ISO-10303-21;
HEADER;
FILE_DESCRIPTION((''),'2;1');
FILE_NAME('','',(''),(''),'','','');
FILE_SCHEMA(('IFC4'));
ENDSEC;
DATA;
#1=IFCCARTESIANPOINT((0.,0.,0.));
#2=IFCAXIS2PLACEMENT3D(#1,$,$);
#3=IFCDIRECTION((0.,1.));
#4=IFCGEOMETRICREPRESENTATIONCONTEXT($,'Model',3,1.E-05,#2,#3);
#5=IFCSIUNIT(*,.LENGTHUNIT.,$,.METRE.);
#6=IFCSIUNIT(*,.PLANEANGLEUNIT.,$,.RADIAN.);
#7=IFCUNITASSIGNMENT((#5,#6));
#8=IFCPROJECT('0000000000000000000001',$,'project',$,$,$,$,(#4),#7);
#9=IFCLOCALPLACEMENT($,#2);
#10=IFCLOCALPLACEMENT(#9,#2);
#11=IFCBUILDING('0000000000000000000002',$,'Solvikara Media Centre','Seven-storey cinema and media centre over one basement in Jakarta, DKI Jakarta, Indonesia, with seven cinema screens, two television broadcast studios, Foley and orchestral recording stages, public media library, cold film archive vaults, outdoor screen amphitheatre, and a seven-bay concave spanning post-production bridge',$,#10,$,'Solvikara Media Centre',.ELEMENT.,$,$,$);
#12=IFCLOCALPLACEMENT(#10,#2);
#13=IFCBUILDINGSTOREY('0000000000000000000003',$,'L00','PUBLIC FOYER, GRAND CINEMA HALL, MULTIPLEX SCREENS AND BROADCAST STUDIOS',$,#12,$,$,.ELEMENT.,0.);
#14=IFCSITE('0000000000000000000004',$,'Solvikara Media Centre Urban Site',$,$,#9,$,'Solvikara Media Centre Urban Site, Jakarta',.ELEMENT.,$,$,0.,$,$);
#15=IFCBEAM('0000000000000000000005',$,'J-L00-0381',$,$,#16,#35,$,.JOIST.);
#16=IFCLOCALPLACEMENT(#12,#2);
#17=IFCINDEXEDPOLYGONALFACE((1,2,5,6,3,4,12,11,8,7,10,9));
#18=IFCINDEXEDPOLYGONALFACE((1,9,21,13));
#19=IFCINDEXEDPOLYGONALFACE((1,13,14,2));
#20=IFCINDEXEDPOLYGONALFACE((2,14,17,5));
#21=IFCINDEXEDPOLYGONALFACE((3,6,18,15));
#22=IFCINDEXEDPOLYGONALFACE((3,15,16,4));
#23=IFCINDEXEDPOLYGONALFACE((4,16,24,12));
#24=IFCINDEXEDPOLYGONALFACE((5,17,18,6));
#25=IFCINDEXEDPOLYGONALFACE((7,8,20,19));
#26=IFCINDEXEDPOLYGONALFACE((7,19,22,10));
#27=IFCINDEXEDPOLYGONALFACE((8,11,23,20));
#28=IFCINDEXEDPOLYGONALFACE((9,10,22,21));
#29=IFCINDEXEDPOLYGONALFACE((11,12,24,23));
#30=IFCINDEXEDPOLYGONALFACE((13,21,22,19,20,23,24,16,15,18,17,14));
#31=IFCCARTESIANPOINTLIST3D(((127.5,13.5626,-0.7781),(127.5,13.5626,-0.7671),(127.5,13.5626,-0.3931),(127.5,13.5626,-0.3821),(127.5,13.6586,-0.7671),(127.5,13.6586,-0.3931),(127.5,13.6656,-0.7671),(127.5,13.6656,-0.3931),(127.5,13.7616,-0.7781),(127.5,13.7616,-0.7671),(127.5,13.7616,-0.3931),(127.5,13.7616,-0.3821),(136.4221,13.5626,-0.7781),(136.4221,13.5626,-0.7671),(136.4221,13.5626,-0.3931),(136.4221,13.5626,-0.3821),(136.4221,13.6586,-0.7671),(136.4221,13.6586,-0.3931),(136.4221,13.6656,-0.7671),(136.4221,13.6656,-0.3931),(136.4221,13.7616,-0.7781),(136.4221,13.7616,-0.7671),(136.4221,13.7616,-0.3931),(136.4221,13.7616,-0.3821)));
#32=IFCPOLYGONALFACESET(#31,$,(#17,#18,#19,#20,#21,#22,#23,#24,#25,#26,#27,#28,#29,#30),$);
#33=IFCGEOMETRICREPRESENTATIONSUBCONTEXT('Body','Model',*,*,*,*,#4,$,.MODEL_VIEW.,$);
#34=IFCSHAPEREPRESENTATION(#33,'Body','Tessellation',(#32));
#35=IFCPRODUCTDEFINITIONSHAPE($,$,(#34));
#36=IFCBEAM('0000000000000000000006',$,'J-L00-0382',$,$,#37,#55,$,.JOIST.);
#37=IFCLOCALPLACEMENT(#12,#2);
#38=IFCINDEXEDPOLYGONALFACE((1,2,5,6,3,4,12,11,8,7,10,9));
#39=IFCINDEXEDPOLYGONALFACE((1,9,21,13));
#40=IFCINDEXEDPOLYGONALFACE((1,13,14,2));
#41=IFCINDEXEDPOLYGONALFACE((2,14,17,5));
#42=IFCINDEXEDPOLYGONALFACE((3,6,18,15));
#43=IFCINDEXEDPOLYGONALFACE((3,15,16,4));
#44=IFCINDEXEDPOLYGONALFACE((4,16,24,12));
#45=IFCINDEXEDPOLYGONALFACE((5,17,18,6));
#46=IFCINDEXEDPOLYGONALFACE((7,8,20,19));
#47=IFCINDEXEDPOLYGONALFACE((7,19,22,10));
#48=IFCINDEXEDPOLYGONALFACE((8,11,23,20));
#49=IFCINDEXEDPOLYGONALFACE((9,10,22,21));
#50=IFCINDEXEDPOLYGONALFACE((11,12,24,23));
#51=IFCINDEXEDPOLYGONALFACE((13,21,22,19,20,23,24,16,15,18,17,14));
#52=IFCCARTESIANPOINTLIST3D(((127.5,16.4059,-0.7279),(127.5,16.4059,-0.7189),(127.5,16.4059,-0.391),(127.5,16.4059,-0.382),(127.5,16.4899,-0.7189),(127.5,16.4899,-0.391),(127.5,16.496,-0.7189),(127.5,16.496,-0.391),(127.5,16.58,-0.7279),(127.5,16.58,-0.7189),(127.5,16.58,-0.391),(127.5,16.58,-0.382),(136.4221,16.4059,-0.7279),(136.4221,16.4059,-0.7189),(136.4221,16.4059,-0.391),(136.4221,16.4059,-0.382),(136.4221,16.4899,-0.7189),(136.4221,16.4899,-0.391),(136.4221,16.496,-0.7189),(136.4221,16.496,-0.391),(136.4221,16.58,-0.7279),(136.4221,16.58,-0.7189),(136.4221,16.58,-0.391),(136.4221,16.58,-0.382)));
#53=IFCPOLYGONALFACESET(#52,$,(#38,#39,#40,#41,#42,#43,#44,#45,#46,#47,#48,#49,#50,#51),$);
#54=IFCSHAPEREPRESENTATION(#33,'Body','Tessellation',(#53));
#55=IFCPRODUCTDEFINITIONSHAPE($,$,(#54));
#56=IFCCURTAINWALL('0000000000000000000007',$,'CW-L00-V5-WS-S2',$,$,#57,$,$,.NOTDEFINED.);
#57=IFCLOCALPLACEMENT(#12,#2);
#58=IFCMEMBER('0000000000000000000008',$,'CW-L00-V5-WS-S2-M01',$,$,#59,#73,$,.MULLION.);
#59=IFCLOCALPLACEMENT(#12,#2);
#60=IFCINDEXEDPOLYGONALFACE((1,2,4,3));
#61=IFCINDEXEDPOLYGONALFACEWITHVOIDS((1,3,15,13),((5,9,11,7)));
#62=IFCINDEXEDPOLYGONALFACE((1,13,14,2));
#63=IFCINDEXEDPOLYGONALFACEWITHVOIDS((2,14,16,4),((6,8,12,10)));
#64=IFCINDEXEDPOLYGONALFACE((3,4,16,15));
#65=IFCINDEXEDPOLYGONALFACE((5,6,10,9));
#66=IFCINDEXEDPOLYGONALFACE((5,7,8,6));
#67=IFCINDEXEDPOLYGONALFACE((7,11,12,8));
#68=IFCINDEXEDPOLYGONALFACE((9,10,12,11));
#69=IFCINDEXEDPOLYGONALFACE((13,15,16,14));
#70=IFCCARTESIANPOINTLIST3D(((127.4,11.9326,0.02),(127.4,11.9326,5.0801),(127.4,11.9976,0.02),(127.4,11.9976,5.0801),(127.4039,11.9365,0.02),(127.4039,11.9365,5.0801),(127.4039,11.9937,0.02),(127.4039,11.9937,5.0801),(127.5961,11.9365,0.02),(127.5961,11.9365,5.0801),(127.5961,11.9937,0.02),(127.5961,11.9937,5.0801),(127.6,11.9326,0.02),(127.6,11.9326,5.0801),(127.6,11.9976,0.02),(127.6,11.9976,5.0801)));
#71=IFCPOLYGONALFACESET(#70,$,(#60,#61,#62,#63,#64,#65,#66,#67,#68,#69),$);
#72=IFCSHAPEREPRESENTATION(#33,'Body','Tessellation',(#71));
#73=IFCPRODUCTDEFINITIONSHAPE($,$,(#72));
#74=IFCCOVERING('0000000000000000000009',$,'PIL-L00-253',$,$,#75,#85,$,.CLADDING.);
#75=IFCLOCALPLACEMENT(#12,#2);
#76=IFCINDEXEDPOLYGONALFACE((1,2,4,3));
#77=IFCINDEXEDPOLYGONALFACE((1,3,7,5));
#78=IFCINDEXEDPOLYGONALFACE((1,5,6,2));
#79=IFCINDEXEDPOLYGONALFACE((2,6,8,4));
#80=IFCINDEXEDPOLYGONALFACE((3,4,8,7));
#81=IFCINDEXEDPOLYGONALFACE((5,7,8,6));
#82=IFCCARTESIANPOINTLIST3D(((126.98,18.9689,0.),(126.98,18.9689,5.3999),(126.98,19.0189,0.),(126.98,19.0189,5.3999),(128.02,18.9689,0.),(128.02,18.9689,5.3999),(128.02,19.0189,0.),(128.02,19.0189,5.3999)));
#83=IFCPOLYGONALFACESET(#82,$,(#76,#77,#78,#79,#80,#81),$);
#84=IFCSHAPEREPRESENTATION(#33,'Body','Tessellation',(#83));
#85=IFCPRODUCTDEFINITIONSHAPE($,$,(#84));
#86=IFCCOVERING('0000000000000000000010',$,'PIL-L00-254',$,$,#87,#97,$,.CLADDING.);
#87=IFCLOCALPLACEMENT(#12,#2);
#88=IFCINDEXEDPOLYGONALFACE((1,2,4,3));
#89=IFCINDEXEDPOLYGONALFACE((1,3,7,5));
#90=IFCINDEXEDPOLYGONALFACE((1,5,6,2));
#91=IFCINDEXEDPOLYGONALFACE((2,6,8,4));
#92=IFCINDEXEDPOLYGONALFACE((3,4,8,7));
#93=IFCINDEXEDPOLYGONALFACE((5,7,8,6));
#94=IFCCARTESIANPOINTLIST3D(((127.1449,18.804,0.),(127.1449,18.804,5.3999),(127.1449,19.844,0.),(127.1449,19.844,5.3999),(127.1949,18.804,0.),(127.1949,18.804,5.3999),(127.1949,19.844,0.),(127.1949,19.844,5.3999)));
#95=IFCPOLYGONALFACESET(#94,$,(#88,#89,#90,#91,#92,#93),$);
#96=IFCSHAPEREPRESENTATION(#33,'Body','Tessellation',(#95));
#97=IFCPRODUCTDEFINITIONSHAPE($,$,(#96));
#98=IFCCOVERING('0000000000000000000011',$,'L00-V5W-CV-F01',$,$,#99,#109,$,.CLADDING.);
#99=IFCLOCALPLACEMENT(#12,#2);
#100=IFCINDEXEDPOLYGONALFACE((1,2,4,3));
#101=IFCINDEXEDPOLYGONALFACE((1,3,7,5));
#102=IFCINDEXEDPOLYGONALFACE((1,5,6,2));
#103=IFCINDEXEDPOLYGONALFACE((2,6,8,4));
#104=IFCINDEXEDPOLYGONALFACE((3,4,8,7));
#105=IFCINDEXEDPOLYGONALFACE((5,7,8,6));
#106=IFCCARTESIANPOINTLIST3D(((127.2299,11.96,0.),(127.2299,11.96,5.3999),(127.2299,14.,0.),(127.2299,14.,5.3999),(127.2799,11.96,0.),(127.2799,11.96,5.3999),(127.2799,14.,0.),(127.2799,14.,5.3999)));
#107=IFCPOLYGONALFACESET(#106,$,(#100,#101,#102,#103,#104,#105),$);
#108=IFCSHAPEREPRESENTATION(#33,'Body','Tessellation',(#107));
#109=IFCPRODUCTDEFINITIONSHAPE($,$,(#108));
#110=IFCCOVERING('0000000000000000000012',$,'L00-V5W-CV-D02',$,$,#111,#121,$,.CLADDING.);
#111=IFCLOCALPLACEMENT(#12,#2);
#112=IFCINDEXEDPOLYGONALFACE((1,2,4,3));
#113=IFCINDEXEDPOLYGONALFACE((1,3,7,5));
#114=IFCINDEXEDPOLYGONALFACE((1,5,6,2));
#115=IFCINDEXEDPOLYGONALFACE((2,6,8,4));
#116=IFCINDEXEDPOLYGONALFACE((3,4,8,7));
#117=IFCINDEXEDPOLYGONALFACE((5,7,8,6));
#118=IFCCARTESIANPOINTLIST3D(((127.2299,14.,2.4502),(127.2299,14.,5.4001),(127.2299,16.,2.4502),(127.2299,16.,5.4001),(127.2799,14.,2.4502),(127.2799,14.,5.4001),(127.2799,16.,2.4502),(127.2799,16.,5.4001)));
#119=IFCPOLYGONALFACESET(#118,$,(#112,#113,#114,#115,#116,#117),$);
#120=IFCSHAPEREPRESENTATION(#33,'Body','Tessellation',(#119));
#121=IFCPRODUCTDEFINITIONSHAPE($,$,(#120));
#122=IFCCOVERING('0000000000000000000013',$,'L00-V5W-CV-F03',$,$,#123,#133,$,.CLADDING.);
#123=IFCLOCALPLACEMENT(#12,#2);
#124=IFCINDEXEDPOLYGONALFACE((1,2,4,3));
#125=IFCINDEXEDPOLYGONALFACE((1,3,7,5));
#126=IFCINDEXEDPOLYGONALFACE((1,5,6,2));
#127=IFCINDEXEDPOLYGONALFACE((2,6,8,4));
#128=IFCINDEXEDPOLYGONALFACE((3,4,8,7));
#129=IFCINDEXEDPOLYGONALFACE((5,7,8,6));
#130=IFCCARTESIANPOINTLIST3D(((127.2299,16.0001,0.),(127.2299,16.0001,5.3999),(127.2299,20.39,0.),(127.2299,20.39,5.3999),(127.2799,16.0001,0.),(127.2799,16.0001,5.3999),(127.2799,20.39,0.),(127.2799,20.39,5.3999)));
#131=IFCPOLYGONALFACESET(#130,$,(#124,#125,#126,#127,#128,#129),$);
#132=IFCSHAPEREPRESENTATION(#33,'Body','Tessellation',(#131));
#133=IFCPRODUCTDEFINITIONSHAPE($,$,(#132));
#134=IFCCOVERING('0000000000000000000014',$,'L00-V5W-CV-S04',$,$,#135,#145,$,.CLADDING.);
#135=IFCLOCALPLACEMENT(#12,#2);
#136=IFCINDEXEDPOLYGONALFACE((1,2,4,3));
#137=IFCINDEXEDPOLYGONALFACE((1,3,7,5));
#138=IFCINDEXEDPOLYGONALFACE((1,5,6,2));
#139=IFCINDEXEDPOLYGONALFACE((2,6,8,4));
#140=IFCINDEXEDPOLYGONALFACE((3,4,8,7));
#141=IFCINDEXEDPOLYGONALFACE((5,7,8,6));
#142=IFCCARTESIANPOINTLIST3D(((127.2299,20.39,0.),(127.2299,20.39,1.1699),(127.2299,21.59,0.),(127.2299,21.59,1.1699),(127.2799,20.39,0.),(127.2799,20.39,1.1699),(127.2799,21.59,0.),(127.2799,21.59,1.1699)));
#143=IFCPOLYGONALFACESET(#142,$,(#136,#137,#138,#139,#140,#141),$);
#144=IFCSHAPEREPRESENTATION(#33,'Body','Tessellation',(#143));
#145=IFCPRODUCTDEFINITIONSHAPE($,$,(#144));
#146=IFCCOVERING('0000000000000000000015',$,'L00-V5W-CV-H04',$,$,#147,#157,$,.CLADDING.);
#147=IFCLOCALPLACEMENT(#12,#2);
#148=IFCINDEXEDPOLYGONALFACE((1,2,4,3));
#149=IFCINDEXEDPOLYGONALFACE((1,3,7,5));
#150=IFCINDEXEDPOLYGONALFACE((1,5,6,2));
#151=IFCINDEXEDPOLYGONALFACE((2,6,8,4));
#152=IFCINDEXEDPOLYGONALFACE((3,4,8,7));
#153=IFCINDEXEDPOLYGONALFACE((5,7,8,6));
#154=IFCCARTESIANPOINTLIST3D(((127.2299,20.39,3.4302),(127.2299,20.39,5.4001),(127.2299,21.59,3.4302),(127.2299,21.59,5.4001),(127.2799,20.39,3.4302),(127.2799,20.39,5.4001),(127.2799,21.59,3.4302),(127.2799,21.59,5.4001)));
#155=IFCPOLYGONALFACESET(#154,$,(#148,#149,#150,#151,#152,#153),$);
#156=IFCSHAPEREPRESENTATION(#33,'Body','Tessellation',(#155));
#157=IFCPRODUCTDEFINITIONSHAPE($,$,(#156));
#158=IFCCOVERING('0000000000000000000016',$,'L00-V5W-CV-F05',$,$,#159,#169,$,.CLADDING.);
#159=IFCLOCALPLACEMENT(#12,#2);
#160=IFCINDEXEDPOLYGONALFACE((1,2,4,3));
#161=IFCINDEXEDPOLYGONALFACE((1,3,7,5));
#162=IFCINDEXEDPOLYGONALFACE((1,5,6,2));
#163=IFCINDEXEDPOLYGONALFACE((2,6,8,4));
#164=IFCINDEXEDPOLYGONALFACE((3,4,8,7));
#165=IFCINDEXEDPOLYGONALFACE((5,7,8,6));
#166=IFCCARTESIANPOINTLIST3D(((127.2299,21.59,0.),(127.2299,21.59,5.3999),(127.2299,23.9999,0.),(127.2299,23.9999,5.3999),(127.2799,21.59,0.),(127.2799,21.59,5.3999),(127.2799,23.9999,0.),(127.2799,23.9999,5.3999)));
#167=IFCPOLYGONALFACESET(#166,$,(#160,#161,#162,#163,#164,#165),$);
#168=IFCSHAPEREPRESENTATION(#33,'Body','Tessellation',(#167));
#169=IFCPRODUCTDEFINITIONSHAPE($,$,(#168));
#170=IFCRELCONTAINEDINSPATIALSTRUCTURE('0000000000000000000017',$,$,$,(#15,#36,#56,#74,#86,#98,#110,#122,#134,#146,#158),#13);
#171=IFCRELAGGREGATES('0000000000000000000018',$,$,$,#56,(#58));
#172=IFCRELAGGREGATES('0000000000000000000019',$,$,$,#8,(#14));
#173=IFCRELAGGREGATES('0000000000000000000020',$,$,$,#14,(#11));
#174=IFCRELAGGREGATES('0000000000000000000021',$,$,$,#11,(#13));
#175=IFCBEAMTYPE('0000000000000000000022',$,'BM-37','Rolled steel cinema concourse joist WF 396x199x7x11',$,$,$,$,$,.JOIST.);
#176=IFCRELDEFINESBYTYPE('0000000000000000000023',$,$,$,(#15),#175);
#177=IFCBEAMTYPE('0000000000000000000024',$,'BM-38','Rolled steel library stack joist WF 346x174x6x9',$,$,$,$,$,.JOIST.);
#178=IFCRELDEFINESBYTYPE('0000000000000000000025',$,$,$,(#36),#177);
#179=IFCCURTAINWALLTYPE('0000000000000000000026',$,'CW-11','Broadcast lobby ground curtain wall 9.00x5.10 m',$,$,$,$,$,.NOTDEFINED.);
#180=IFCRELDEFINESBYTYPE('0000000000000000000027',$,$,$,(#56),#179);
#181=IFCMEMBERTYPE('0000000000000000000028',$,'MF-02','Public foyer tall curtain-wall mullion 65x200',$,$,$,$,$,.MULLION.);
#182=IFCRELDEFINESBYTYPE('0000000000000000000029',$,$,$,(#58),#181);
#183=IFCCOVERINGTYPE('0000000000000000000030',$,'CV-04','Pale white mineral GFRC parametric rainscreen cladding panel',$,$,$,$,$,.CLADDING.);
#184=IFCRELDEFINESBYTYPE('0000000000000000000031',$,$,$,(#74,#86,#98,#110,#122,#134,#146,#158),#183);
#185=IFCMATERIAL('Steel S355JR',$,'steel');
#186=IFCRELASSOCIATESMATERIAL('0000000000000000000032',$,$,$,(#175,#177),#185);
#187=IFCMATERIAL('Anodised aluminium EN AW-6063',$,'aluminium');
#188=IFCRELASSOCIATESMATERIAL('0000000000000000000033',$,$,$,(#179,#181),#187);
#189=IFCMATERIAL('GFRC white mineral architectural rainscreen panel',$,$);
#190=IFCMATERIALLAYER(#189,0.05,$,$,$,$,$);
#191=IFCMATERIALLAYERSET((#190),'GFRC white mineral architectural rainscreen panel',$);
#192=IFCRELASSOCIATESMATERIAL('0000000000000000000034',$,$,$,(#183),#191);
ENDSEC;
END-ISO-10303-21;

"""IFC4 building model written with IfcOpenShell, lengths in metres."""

from ifc_helpers import new_model, si_unit, direction, frame, origin, origin_2d, place, context, subcontext, project, spatial, rectangle, hollow_rectangle, i_section, extrude, material, layer, layer_set, material_profile, profile_set, type_object, element, aggregate, save


model = new_model("IFC4")

# Units and contexts
model_context = context("Model", 3, precision=1e-05, world=origin(), true_north=direction((0.0, 1.0)))
body_context = subcontext(model_context, "Body", "Model", "MODEL_VIEW")
ifc_project = project(units=[si_unit("LENGTHUNIT", "METRE"), si_unit("PLANEANGLEUNIT", "RADIAN")], contexts=[model_context])

# Site, building, storey
site_placement = place(None, origin())
site = spatial("IfcSite", under=ifc_project, at=site_placement, Name="Solvikara Media Centre Urban Site", LongName="Solvikara Media Centre Urban Site, Jakarta", CompositionType="ELEMENT", RefElevation=0.0)
building_placement = place(site_placement, origin())
building = spatial("IfcBuilding", under=site, at=building_placement, Name="Solvikara Media Centre", Description="Seven-storey cinema and media centre over one basement in Jakarta, DKI Jakarta, Indonesia, with seven cinema screens, two television broadcast studios, Foley and orchestral recording stages, public media library, cold film archive vaults, outdoor screen amphitheatre, and a seven-bay concave spanning post-production bridge", LongName="Solvikara Media Centre", CompositionType="ELEMENT")
storey_placement = place(building_placement, origin())
storey = spatial("IfcBuildingStorey", under=building, at=storey_placement, Name="L00", Description="PUBLIC FOYER, GRAND CINEMA HALL, MULTIPLEX SCREENS AND BROADCAST STUDIOS", CompositionType="ELEMENT", Elevation=0.0)

# Beams
ifc_material_1 = material(Name="Steel S355JR", Category="steel")
ifc_material_profile_1 = material_profile(ifc_material_1, i_section(OverallWidth=0.199, OverallDepth=0.396, WebThickness=0.0071, FlangeThickness=0.011, at=origin_2d()), Name="WF 396x199x7x11")
ifc_profile_set_1 = profile_set([ifc_material_profile_1], Name="Steel S355JR")
beam_type_1 = type_object("IfcBeamType", Name="BM-37", Description="Rolled steel cinema concourse joist WF 396x199x7x11", PredefinedType="JOIST", material=ifc_profile_set_1)
beam_1_placement = place(storey_placement, frame((127.5, 13.6621, -0.5801), z_axis=(1.0, 0.0, 0.0), x_axis=(0.0, 1.0, 0.0)))
element("IfcBeam", 1, at=beam_1_placement, inside=storey, type_object=beam_type_1, Name="J-L00-0381", PredefinedType="JOIST", context=body_context, shape_type="SweptSolid", body=[
    extrude(i_section(OverallWidth=0.199, OverallDepth=0.396, WebThickness=0.0071, FlangeThickness=0.011, at=origin_2d()), origin(), (0.0, 0.0, 1.0), 8.9221),
])
ifc_material_profile_2 = material_profile(ifc_material_1, i_section(OverallWidth=0.1741, OverallDepth=0.3459, WebThickness=0.0061, FlangeThickness=0.009, at=origin_2d()), Name="WF 346x174x6x9")
ifc_profile_set_2 = profile_set([ifc_material_profile_2], Name="Steel S355JR")
beam_type_2 = type_object("IfcBeamType", Name="BM-38", Description="Rolled steel library stack joist WF 346x174x6x9", PredefinedType="JOIST", material=ifc_profile_set_2)
beam_2_placement = place(storey_placement, frame((127.5, 16.4929, -0.5549), z_axis=(1.0, 0.0, 0.0), x_axis=(0.0, 1.0, 0.0)))
element("IfcBeam", 2, at=beam_2_placement, inside=storey, type_object=beam_type_2, Name="J-L00-0382", PredefinedType="JOIST", context=body_context, shape_type="SweptSolid", body=[
    extrude(i_section(OverallWidth=0.1741, OverallDepth=0.3459, WebThickness=0.0061, FlangeThickness=0.009, at=origin_2d()), origin(), (0.0, 0.0, 1.0), 8.9221),
])

# Curtain wall, member
ifc_material_2 = material(Name="Anodised aluminium EN AW-6063", Category="aluminium")
curtain_wall_type = type_object("IfcCurtainWallType", Name="CW-11", Description="Broadcast lobby ground curtain wall 9.00x5.10 m", PredefinedType="NOTDEFINED", material=ifc_material_2)
curtain_wall_placement = place(storey_placement, origin())
curtain_wall = element("IfcCurtainWall", 3, at=curtain_wall_placement, inside=storey, type_object=curtain_wall_type, Name="CW-L00-V5-WS-S2", PredefinedType="NOTDEFINED")
ifc_material_profile_3 = material_profile(ifc_material_2, hollow_rectangle(XDim=0.0649, YDim=0.2, WallThickness=0.0039, at=origin_2d()), Name="ALU-M 65x200x4")
ifc_profile_set_3 = profile_set([ifc_material_profile_3], Name="Anodised aluminium EN AW-6063")
member_type = type_object("IfcMemberType", Name="MF-02", Description="Public foyer tall curtain-wall mullion 65x200", PredefinedType="MULLION", material=ifc_profile_set_3)
member_placement = place(storey_placement, frame((127.5, 11.9651, 0.02), z_axis=(0.0, 0.0, 1.0), x_axis=(0.0, 1.0, 0.0)))
member = element("IfcMember", 4, at=member_placement, type_object=member_type, Name="CW-L00-V5-WS-S2-M01", PredefinedType="MULLION", context=body_context, shape_type="SweptSolid", body=[
    extrude(hollow_rectangle(XDim=0.0649, YDim=0.2, WallThickness=0.0039, at=origin_2d()), origin(), (0.0, 0.0, 1.0), 5.0601),
])
aggregate(curtain_wall, [member])

# Coverings
ifc_material_3 = material(Name="GFRC white mineral architectural rainscreen panel")
ifc_layer_1 = layer(ifc_material_3, 0.05)
ifc_layer_set_1 = layer_set([ifc_layer_1], Name="GFRC white mineral architectural rainscreen panel")
covering_type = type_object("IfcCoveringType", Name="CV-04", Description="Pale white mineral GFRC parametric rainscreen cladding panel", PredefinedType="CLADDING", material=ifc_layer_set_1)
for number, where, z_axis, x_axis, name in (
    (5, (127.5, 18.9939, 0.0), (0.0, 0.0, 1.0), (1.0, 0.0, 0.0), "PIL-L00-253"),
    (6, (127.1699, 19.324, 0.0), (0.0, 0.0, 1.0), (0.0, -1.0, 0.0), "PIL-L00-254"),
):
    element("IfcCovering", number, at=place(storey_placement, frame(where, z_axis=z_axis, x_axis=x_axis)), inside=storey, type_object=covering_type, Name=name, PredefinedType="CLADDING", context=body_context, shape_type="SweptSolid", body=[
        extrude(rectangle(XDim=1.04, YDim=0.05, at=origin_2d()), origin(), (0.0, 0.0, 1.0), 5.3999),
    ])
covering_1_placement = place(storey_placement, frame((127.2549, 12.98, 0.0), z_axis=(0.0, 0.0, 1.0), x_axis=(0.0, 1.0, 0.0)))
element("IfcCovering", 7, at=covering_1_placement, inside=storey, type_object=covering_type, Name="L00-V5W-CV-F01", PredefinedType="CLADDING", context=body_context, shape_type="SweptSolid", body=[
    extrude(rectangle(XDim=2.04, YDim=0.05, at=origin_2d()), origin(), (0.0, 0.0, 1.0), 5.3999),
])
covering_2_placement = place(storey_placement, frame((127.2549, 15.0, 2.4502), z_axis=(0.0, 0.0, 1.0), x_axis=(0.0, 1.0, 0.0)))
element("IfcCovering", 8, at=covering_2_placement, inside=storey, type_object=covering_type, Name="L00-V5W-CV-D02", PredefinedType="CLADDING", context=body_context, shape_type="SweptSolid", body=[
    extrude(rectangle(XDim=2.0, YDim=0.05, at=origin_2d()), origin(), (0.0, 0.0, 1.0), 2.95),
])
covering_3_placement = place(storey_placement, frame((127.2549, 18.1951, 0.0), z_axis=(0.0, 0.0, 1.0), x_axis=(0.0, 1.0, 0.0)))
element("IfcCovering", 9, at=covering_3_placement, inside=storey, type_object=covering_type, Name="L00-V5W-CV-F03", PredefinedType="CLADDING", context=body_context, shape_type="SweptSolid", body=[
    extrude(rectangle(XDim=4.3899, YDim=0.05, at=origin_2d()), origin(), (0.0, 0.0, 1.0), 5.3999),
])
covering_4_placement = place(storey_placement, frame((127.2549, 20.99, 0.0), z_axis=(0.0, 0.0, 1.0), x_axis=(0.0, 1.0, 0.0)))
element("IfcCovering", 10, at=covering_4_placement, inside=storey, type_object=covering_type, Name="L00-V5W-CV-S04", PredefinedType="CLADDING", context=body_context, shape_type="SweptSolid", body=[
    extrude(rectangle(XDim=1.2, YDim=0.05, at=origin_2d()), origin(), (0.0, 0.0, 1.0), 1.1699),
])
covering_5_placement = place(storey_placement, frame((127.2549, 20.99, 3.4302), z_axis=(0.0, 0.0, 1.0), x_axis=(0.0, 1.0, 0.0)))
element("IfcCovering", 11, at=covering_5_placement, inside=storey, type_object=covering_type, Name="L00-V5W-CV-H04", PredefinedType="CLADDING", context=body_context, shape_type="SweptSolid", body=[
    extrude(rectangle(XDim=1.2, YDim=0.05, at=origin_2d()), origin(), (0.0, 0.0, 1.0), 1.97),
])
covering_6_placement = place(storey_placement, frame((127.2549, 22.7949, 0.0), z_axis=(0.0, 0.0, 1.0), x_axis=(0.0, 1.0, 0.0)))
element("IfcCovering", 12, at=covering_6_placement, inside=storey, type_object=covering_type, Name="L00-V5W-CV-F05", PredefinedType="CLADDING", context=body_context, shape_type="SweptSolid", body=[
    extrude(rectangle(XDim=2.4099, YDim=0.05, at=origin_2d()), origin(), (0.0, 0.0, 1.0), 5.3999),
])

save(model, "model.ifc")
